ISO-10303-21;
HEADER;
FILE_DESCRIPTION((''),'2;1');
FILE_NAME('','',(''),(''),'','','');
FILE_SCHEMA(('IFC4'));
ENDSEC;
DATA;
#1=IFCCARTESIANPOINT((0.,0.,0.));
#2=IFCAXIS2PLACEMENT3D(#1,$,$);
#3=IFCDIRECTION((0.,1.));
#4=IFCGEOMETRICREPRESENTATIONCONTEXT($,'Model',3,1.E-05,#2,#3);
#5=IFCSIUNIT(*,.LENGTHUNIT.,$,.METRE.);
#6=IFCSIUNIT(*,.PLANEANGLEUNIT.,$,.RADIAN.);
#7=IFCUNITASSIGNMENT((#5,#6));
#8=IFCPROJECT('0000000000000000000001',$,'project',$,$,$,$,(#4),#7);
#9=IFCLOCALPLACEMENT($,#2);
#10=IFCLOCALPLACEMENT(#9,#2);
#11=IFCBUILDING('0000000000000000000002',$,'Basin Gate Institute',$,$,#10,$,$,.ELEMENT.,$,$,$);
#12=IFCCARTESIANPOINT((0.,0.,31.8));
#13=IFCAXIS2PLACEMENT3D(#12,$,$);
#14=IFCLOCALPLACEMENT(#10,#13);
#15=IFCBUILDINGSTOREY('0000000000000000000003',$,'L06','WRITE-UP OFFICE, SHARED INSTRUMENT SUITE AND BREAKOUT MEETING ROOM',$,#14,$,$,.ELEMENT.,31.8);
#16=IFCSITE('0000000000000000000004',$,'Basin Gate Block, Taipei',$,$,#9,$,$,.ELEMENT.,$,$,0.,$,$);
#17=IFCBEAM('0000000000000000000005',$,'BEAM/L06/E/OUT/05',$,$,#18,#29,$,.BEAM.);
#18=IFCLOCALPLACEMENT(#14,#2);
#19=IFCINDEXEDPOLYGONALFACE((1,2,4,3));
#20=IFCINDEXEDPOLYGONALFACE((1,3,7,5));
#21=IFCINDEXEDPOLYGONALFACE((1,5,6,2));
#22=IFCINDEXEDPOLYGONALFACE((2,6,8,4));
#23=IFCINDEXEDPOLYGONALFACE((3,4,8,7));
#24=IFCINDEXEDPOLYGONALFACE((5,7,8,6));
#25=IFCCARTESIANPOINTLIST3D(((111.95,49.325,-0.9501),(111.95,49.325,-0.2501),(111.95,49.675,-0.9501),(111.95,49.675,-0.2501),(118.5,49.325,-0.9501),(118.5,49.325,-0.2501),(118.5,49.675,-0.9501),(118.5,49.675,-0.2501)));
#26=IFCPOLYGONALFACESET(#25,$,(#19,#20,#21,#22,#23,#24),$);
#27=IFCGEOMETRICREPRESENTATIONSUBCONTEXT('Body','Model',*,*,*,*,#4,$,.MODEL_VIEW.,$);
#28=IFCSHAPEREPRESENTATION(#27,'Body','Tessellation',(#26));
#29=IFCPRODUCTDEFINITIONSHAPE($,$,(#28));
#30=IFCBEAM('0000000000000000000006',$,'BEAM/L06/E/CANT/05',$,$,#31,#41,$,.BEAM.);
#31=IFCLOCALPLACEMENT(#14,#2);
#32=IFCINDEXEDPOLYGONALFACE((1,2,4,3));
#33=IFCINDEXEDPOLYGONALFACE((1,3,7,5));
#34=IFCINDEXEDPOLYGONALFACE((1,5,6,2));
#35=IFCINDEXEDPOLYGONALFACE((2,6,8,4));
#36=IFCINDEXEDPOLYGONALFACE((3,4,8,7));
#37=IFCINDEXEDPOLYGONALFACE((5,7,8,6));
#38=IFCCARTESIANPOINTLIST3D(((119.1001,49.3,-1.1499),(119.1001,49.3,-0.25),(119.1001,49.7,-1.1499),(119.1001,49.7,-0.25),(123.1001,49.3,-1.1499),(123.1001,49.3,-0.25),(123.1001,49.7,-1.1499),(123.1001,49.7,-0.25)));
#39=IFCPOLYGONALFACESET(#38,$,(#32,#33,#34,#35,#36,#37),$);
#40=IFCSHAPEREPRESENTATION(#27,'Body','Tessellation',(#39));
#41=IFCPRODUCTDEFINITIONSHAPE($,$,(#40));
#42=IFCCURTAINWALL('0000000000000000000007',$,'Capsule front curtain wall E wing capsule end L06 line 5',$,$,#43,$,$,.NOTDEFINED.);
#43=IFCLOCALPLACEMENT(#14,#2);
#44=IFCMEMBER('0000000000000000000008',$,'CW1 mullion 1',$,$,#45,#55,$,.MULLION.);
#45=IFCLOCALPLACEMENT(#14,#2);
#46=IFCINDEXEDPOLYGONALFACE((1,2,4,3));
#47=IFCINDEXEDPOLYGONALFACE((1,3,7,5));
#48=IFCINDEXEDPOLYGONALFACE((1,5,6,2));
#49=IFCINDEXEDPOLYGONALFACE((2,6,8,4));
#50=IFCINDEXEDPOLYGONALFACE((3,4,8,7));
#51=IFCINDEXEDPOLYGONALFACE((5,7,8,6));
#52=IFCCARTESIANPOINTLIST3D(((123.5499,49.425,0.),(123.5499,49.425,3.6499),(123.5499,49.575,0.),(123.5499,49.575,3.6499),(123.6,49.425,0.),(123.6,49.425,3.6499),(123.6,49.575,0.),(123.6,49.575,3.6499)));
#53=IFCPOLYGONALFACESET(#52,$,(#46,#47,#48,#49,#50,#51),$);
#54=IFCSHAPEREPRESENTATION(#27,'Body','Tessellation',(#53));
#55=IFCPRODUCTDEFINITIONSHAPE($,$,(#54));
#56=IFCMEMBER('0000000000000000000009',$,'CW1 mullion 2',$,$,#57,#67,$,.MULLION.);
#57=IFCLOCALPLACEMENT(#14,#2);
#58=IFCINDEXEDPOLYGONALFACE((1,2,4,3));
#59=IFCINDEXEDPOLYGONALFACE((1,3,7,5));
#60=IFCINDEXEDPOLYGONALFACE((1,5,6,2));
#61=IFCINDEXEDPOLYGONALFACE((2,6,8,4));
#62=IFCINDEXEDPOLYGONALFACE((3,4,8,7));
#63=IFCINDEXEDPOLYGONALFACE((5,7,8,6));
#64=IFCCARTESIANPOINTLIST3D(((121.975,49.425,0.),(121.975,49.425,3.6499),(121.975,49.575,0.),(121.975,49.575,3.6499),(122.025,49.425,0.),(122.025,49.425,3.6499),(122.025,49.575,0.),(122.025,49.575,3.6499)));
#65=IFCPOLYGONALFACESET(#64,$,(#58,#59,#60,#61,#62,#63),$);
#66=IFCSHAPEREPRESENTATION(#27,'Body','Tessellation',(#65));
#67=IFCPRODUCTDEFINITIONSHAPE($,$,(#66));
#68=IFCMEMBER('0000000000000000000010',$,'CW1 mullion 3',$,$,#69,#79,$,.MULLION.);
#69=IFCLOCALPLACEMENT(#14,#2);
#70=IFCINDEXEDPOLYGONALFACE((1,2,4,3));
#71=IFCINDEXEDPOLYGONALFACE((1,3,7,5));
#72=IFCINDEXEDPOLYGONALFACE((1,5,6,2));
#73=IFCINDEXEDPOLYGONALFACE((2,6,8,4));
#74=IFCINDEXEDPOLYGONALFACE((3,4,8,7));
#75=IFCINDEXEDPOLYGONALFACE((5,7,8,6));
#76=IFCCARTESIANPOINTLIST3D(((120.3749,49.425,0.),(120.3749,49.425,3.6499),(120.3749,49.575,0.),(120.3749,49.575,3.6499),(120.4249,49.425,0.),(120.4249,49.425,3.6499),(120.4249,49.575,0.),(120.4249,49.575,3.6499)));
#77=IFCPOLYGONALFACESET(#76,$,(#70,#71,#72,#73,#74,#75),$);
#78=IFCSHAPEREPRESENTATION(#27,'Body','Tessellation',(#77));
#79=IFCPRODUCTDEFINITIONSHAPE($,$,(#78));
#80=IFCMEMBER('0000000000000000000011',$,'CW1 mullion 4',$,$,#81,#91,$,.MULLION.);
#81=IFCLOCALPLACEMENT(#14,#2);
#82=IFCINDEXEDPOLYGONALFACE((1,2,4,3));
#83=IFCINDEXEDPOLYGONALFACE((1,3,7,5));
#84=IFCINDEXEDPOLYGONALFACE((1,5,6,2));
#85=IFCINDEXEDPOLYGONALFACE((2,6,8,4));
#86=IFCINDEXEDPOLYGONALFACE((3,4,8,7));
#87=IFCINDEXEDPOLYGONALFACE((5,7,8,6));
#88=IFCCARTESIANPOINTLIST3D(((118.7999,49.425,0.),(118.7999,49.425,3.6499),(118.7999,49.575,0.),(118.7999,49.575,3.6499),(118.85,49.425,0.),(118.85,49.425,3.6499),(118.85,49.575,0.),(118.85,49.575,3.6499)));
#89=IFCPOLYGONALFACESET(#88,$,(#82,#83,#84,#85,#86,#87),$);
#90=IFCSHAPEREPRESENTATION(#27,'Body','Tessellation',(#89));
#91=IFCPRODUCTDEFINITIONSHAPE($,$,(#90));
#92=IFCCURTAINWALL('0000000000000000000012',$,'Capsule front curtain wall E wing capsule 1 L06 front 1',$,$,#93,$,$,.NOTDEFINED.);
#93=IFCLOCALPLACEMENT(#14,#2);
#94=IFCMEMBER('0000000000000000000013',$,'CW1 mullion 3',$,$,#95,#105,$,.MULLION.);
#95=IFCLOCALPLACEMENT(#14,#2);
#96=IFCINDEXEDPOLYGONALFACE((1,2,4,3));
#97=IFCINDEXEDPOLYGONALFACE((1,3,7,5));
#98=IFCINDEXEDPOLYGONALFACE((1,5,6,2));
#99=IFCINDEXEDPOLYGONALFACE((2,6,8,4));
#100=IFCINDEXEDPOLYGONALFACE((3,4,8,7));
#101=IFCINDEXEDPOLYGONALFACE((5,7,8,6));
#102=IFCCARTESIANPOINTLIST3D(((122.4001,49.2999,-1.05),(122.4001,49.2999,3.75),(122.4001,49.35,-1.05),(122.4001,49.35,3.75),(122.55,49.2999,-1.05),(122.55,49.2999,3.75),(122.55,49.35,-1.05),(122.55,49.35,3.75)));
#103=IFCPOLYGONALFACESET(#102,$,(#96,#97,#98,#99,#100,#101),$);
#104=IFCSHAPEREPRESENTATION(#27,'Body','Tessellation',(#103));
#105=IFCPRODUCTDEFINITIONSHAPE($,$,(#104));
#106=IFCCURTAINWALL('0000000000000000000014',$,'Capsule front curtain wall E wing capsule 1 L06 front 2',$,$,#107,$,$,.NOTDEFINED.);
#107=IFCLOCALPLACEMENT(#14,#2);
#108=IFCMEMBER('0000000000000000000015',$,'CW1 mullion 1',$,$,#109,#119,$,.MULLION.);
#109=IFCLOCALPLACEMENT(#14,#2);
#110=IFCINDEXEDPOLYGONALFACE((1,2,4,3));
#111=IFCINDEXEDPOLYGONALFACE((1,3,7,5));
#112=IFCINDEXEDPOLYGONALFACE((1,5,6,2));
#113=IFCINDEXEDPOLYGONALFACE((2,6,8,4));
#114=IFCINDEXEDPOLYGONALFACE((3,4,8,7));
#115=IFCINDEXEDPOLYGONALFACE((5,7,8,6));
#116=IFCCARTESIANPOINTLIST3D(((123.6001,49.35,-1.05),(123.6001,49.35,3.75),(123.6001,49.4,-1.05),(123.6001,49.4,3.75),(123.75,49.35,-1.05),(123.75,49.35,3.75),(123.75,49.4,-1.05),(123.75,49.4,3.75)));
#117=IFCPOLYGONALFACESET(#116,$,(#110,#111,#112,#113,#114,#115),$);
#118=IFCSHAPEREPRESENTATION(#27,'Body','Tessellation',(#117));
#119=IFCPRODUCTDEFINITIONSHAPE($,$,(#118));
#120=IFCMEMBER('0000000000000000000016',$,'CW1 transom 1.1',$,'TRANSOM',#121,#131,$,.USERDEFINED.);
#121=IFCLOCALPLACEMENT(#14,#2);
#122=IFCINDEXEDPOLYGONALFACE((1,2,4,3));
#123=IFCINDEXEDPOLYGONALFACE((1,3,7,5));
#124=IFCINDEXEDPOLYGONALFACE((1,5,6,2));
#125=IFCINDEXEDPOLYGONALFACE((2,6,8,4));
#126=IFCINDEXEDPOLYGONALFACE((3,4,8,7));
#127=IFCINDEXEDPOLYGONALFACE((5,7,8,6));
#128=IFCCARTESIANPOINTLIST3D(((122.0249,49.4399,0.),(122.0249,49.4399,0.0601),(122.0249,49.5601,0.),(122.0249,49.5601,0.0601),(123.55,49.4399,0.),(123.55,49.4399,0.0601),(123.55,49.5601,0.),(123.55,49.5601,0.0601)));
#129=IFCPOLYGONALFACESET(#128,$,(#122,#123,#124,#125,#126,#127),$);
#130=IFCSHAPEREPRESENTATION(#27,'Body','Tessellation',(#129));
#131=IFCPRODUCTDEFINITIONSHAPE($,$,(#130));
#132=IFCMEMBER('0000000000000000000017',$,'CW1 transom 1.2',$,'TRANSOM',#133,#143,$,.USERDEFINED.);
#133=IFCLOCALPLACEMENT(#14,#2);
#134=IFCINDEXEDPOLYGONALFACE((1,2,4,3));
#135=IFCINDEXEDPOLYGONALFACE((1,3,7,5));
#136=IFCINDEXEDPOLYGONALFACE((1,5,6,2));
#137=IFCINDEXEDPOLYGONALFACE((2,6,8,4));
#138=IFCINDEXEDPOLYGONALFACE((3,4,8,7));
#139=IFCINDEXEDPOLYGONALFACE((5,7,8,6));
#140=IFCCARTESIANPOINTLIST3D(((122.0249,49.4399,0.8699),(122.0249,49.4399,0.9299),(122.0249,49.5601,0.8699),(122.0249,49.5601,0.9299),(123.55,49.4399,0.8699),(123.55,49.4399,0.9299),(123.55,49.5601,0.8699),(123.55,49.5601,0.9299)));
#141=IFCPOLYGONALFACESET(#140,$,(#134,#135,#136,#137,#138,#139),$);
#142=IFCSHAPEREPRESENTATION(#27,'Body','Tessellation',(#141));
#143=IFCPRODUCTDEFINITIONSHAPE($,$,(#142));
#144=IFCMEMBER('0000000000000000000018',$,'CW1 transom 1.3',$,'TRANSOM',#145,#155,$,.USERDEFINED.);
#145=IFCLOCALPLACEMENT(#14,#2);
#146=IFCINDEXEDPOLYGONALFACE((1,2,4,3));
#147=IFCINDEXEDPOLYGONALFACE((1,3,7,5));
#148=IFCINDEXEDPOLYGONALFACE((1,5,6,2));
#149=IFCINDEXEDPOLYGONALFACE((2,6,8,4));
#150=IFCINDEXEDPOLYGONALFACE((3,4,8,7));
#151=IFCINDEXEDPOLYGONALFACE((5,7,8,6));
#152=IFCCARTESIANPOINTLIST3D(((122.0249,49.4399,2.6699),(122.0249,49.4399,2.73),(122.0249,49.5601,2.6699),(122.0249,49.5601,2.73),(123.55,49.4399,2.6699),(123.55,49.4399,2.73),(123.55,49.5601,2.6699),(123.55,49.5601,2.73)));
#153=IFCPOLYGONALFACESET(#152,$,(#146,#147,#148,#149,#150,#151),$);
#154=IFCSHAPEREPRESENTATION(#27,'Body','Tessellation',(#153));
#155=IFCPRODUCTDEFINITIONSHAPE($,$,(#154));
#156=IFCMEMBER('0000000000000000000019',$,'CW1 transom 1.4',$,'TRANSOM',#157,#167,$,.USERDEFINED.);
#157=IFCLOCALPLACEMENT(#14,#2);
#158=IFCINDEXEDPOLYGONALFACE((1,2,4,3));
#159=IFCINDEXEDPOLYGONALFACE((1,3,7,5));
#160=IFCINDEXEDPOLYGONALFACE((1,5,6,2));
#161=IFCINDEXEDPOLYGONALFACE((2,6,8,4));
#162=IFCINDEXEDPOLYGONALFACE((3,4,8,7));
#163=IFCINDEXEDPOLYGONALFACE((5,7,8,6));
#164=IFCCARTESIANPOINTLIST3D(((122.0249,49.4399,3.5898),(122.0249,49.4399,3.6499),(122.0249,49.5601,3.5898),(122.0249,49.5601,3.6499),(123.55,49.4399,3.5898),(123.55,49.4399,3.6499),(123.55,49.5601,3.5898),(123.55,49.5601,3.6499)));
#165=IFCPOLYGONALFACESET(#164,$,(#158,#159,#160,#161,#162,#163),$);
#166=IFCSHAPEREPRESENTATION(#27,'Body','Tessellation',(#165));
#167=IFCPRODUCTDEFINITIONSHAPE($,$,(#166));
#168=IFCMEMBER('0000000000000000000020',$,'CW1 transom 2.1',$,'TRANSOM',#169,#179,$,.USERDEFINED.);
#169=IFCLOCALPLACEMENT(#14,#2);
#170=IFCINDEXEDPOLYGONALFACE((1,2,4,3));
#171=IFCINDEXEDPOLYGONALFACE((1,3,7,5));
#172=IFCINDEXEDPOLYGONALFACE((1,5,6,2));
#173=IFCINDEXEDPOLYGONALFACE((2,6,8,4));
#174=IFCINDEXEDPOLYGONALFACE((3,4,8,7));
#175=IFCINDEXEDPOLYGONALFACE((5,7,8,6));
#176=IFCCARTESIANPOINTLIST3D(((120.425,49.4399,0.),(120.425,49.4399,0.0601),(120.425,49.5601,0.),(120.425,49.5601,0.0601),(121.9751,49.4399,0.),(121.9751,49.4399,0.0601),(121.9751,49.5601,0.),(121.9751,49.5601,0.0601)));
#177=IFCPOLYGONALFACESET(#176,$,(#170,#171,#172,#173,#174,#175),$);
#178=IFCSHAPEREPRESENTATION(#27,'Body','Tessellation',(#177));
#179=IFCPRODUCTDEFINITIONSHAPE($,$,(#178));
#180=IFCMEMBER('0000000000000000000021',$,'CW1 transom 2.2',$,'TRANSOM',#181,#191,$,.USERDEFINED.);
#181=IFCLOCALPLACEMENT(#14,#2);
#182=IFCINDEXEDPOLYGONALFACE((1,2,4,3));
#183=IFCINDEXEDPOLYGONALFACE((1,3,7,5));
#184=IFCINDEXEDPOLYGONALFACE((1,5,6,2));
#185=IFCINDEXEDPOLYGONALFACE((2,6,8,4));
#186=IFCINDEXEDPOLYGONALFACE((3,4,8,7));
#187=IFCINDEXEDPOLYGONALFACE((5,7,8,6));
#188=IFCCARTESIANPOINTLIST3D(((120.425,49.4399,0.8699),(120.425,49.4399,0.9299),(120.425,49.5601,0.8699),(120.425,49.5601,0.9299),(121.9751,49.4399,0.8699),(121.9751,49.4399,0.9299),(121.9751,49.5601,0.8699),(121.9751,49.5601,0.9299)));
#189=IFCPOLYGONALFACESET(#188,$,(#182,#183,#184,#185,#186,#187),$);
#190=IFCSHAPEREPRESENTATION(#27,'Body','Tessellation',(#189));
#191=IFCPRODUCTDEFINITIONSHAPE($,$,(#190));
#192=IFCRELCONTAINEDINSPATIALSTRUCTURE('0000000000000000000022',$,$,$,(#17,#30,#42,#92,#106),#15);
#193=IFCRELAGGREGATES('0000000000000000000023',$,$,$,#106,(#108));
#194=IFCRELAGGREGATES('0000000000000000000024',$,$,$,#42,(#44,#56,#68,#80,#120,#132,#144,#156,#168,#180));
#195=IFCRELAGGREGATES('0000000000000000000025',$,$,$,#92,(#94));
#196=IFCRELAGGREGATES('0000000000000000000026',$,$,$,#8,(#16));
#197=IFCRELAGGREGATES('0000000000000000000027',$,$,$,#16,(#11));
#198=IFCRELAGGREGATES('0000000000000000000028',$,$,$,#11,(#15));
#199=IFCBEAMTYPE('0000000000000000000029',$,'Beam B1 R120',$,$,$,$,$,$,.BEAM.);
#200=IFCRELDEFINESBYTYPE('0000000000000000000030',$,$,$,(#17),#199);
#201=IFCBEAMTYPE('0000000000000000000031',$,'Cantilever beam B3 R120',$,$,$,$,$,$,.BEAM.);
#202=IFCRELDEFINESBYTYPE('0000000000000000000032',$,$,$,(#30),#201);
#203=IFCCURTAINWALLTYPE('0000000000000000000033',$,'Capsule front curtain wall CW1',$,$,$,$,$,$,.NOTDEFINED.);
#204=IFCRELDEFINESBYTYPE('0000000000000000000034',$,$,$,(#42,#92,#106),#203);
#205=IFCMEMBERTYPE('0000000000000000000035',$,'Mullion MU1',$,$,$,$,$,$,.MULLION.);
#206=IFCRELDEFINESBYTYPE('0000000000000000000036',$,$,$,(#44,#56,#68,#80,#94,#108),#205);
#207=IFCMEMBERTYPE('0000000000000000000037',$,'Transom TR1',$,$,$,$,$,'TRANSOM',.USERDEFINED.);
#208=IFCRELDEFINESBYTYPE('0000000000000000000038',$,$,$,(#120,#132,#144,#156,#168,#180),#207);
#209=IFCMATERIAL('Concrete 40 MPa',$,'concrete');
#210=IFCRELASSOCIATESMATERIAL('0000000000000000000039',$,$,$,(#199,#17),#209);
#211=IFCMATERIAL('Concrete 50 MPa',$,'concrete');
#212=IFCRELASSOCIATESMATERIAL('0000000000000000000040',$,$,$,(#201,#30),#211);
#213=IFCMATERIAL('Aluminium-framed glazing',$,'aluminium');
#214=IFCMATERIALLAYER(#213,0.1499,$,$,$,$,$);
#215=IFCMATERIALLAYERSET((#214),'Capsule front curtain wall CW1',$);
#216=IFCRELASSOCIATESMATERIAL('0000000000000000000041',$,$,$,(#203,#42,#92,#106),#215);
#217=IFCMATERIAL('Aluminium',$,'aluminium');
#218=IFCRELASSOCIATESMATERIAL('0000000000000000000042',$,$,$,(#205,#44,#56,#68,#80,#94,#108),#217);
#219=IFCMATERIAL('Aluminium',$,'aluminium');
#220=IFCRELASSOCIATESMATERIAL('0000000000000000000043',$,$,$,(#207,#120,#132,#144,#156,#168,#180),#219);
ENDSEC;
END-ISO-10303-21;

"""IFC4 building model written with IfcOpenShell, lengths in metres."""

from ifc_helpers import new_model, si_unit, direction, frame, origin, origin_2d, place, context, subcontext, project, spatial, rectangle, extrude, material, layer, layer_set, material_profile, profile_set, type_object, element, aggregate, save


model = new_model("IFC4")

# Units and contexts
model_context = context("Model", 3, precision=1e-05, world=origin(), true_north=direction((0.0, 1.0)))
body_context = subcontext(model_context, "Body", "Model", "MODEL_VIEW")
ifc_project = project(units=[si_unit("LENGTHUNIT", "METRE"), si_unit("PLANEANGLEUNIT", "RADIAN")], contexts=[model_context])

# Site, building, storey
site_placement = place(None, origin())
site = spatial("IfcSite", under=ifc_project, at=site_placement, Name="Basin Gate Block, Taipei", CompositionType="ELEMENT", RefElevation=0.0)
building_placement = place(site_placement, origin())
building = spatial("IfcBuilding", under=site, at=building_placement, Name="Basin Gate Institute", CompositionType="ELEMENT")
storey_placement = place(building_placement, frame((0.0, 0.0, 31.8)))
storey = spatial("IfcBuildingStorey", under=building, at=storey_placement, Name="L06", Description="WRITE-UP OFFICE, SHARED INSTRUMENT SUITE AND BREAKOUT MEETING ROOM", CompositionType="ELEMENT", Elevation=31.8)

# Beams
ifc_material_1 = material(Name="Concrete 40 MPa", Category="concrete")
ifc_material_profile_1 = material_profile(ifc_material_1, rectangle(XDim=0.3501, YDim=0.7, at=origin_2d()), Name="Beam B1 350 x 700")
ifc_profile_set_1 = profile_set([ifc_material_profile_1], Name="Concrete 40 MPa")
beam_type_1 = type_object("IfcBeamType", Name="Beam B1 R120", PredefinedType="BEAM", material=ifc_profile_set_1)
beam_1_placement = place(storey_placement, frame((118.5, 49.5, -0.6001), z_axis=(-1.0, 0.0, 0.0), x_axis=(0.0, -1.0, 0.0)))
element("IfcBeam", 1, at=beam_1_placement, inside=storey, type_object=beam_type_1, material=ifc_profile_set_1, Name="BEAM/L06/E/OUT/05", PredefinedType="BEAM", context=body_context, shape_type="SweptSolid", body=[
    extrude(rectangle(XDim=0.3501, YDim=0.7, at=origin_2d()), origin(), (0.0, 0.0, 1.0), 6.55),
])
ifc_material_2 = material(Name="Concrete 50 MPa", Category="concrete")
ifc_material_profile_2 = material_profile(ifc_material_2, rectangle(XDim=0.3999, YDim=0.8999, at=origin_2d()), Name="Cantilever beam B3 400 x 900")
ifc_profile_set_2 = profile_set([ifc_material_profile_2], Name="Concrete 50 MPa")
beam_type_2 = type_object("IfcBeamType", Name="Cantilever beam B3 R120", PredefinedType="BEAM", material=ifc_profile_set_2)
beam_2_placement = place(storey_placement, frame((123.1001, 49.5, -0.7), z_axis=(-1.0, 0.0, 0.0), x_axis=(0.0, -1.0, 0.0)))
element("IfcBeam", 2, at=beam_2_placement, inside=storey, type_object=beam_type_2, material=ifc_profile_set_2, Name="BEAM/L06/E/CANT/05", PredefinedType="BEAM", context=body_context, shape_type="SweptSolid", body=[
    extrude(rectangle(XDim=0.3999, YDim=0.8999, at=origin_2d()), origin(), (0.0, 0.0, 1.0), 4.0),
])

# Curtain wall, members
ifc_material_3 = material(Name="Aluminium-framed glazing", Category="aluminium")
ifc_layer_1 = layer(ifc_material_3, 0.1499)
ifc_layer_set_1 = layer_set([ifc_layer_1], Name="Capsule front curtain wall CW1")
curtain_wall_type = type_object("IfcCurtainWallType", Name="Capsule front curtain wall CW1", PredefinedType="NOTDEFINED", material=ifc_layer_set_1)
curtain_wall_1_placement = place(storey_placement, origin())
curtain_wall_1 = element("IfcCurtainWall", 3, at=curtain_wall_1_placement, inside=storey, type_object=curtain_wall_type, material=ifc_layer_set_1, Name="Capsule front curtain wall E wing capsule end L06 line 5", PredefinedType="NOTDEFINED")
ifc_material_4 = material(Name="Aluminium", Category="aluminium")
ifc_material_profile_3 = material_profile(ifc_material_4, rectangle(XDim=0.1499, YDim=0.05, at=origin_2d()), Name="Mullion MU1 150 x 50")
ifc_profile_set_3 = profile_set([ifc_material_profile_3], Name="Aluminium")
member_type_1 = type_object("IfcMemberType", Name="Mullion MU1", PredefinedType="MULLION", material=ifc_profile_set_3)
member_1_placement = place(storey_placement, frame((123.575, 49.5, 0.0), z_axis=(0.0, 0.0, 1.0), x_axis=(0.0, -1.0, 0.0)))
member_1 = element("IfcMember", 4, at=member_1_placement, type_object=member_type_1, material=ifc_profile_set_3, Name="CW1 mullion 1", PredefinedType="MULLION", context=body_context, shape_type="SweptSolid", body=[
    extrude(rectangle(XDim=0.1499, YDim=0.05, at=origin_2d()), origin(), (0.0, 0.0, 1.0), 3.6499),
])
member_2_placement = place(storey_placement, frame((122.0, 49.5, 0.0), z_axis=(0.0, 0.0, 1.0), x_axis=(0.0, -1.0, 0.0)))
member_2 = element("IfcMember", 5, at=member_2_placement, type_object=member_type_1, material=ifc_profile_set_3, Name="CW1 mullion 2", PredefinedType="MULLION", context=body_context, shape_type="SweptSolid", body=[
    extrude(rectangle(XDim=0.1499, YDim=0.05, at=origin_2d()), origin(), (0.0, 0.0, 1.0), 3.6499),
])
member_3_placement = place(storey_placement, frame((120.3999, 49.5, 0.0), z_axis=(0.0, 0.0, 1.0), x_axis=(0.0, -1.0, 0.0)))
member_3 = element("IfcMember", 6, at=member_3_placement, type_object=member_type_1, material=ifc_profile_set_3, Name="CW1 mullion 3", PredefinedType="MULLION", context=body_context, shape_type="SweptSolid", body=[
    extrude(rectangle(XDim=0.1499, YDim=0.05, at=origin_2d()), origin(), (0.0, 0.0, 1.0), 3.6499),
])
member_4_placement = place(storey_placement, frame((118.825, 49.5, 0.0), z_axis=(0.0, 0.0, 1.0), x_axis=(0.0, -1.0, 0.0)))
member_4 = element("IfcMember", 7, at=member_4_placement, type_object=member_type_1, material=ifc_profile_set_3, Name="CW1 mullion 4", PredefinedType="MULLION", context=body_context, shape_type="SweptSolid", body=[
    extrude(rectangle(XDim=0.1499, YDim=0.05, at=origin_2d()), origin(), (0.0, 0.0, 1.0), 3.6499),
])

# Curtain walls, members
curtain_wall_2_placement = place(storey_placement, origin())
curtain_wall_2 = element("IfcCurtainWall", 8, at=curtain_wall_2_placement, inside=storey, type_object=curtain_wall_type, material=ifc_layer_set_1, Name="Capsule front curtain wall E wing capsule 1 L06 front 1", PredefinedType="NOTDEFINED")
member_5_placement = place(storey_placement, frame((122.4751, 49.325, -1.05), z_axis=(0.0, 0.0, 1.0), x_axis=(-1.0, 0.0, 0.0)))
member_5 = element("IfcMember", 9, at=member_5_placement, type_object=member_type_1, material=ifc_profile_set_3, Name="CW1 mullion 3", PredefinedType="MULLION", context=body_context, shape_type="SweptSolid", body=[
    extrude(rectangle(XDim=0.1499, YDim=0.05, at=origin_2d()), origin(), (0.0, 0.0, 1.0), 4.8),
])
curtain_wall_3_placement = place(storey_placement, origin())
curtain_wall_3 = element("IfcCurtainWall", 10, at=curtain_wall_3_placement, inside=storey, type_object=curtain_wall_type, material=ifc_layer_set_1, Name="Capsule front curtain wall E wing capsule 1 L06 front 2", PredefinedType="NOTDEFINED")
member_6_placement = place(storey_placement, frame((123.675, 49.375, -1.05), z_axis=(0.0, 0.0, 1.0), x_axis=(-1.0, 0.0, 0.0)))
member_6 = element("IfcMember", 11, at=member_6_placement, type_object=member_type_1, material=ifc_profile_set_3, Name="CW1 mullion 1", PredefinedType="MULLION", context=body_context, shape_type="SweptSolid", body=[
    extrude(rectangle(XDim=0.1499, YDim=0.05, at=origin_2d()), origin(), (0.0, 0.0, 1.0), 4.8),
])

# Members
ifc_material_5 = material(Name="Aluminium", Category="aluminium")
ifc_material_profile_4 = material_profile(ifc_material_5, rectangle(XDim=0.1201, YDim=0.0601, at=origin_2d()), Name="Transom TR1 120 x 60")
ifc_profile_set_4 = profile_set([ifc_material_profile_4], Name="Aluminium")
member_type_2 = type_object("IfcMemberType", Name="Transom TR1", ElementType="TRANSOM", PredefinedType="USERDEFINED", material=ifc_profile_set_4)
member_7_placement = place(storey_placement, frame((123.55, 49.5, 0.03), z_axis=(-1.0, 0.0, 0.0), x_axis=(0.0, -1.0, 0.0)))
member_7 = element("IfcMember", 12, at=member_7_placement, type_object=member_type_2, material=ifc_profile_set_4, Name="CW1 transom 1.1", ObjectType="TRANSOM", PredefinedType="USERDEFINED", context=body_context, shape_type="SweptSolid", body=[
    extrude(rectangle(XDim=0.1201, YDim=0.0601, at=origin_2d()), origin(), (0.0, 0.0, 1.0), 1.5251),
])
member_8_placement = place(storey_placement, frame((123.55, 49.5, 0.8999), z_axis=(-1.0, 0.0, 0.0), x_axis=(0.0, -1.0, 0.0)))
member_8 = element("IfcMember", 13, at=member_8_placement, type_object=member_type_2, material=ifc_profile_set_4, Name="CW1 transom 1.2", ObjectType="TRANSOM", PredefinedType="USERDEFINED", context=body_context, shape_type="SweptSolid", body=[
    extrude(rectangle(XDim=0.1201, YDim=0.0601, at=origin_2d()), origin(), (0.0, 0.0, 1.0), 1.5251),
])
member_9_placement = place(storey_placement, frame((123.55, 49.5, 2.7), z_axis=(-1.0, 0.0, 0.0), x_axis=(0.0, -1.0, 0.0)))
member_9 = element("IfcMember", 14, at=member_9_placement, type_object=member_type_2, material=ifc_profile_set_4, Name="CW1 transom 1.3", ObjectType="TRANSOM", PredefinedType="USERDEFINED", context=body_context, shape_type="SweptSolid", body=[
    extrude(rectangle(XDim=0.1201, YDim=0.0601, at=origin_2d()), origin(), (0.0, 0.0, 1.0), 1.5251),
])
member_10_placement = place(storey_placement, frame((123.55, 49.5, 3.6199), z_axis=(-1.0, 0.0, 0.0), x_axis=(0.0, -1.0, 0.0)))
member_10 = element("IfcMember", 15, at=member_10_placement, type_object=member_type_2, material=ifc_profile_set_4, Name="CW1 transom 1.4", ObjectType="TRANSOM", PredefinedType="USERDEFINED", context=body_context, shape_type="SweptSolid", body=[
    extrude(rectangle(XDim=0.1201, YDim=0.0601, at=origin_2d()), origin(), (0.0, 0.0, 1.0), 1.5251),
])
member_11_placement = place(storey_placement, frame((121.9751, 49.5, 0.03), z_axis=(-1.0, 0.0, 0.0), x_axis=(0.0, -1.0, 0.0)))
member_11 = element("IfcMember", 16, at=member_11_placement, type_object=member_type_2, material=ifc_profile_set_4, Name="CW1 transom 2.1", ObjectType="TRANSOM", PredefinedType="USERDEFINED", context=body_context, shape_type="SweptSolid", body=[
    extrude(rectangle(XDim=0.1201, YDim=0.0601, at=origin_2d()), origin(), (0.0, 0.0, 1.0), 1.55),
])
member_12_placement = place(storey_placement, frame((121.9751, 49.5, 0.8999), z_axis=(-1.0, 0.0, 0.0), x_axis=(0.0, -1.0, 0.0)))
member_12 = element("IfcMember", 17, at=member_12_placement, type_object=member_type_2, material=ifc_profile_set_4, Name="CW1 transom 2.2", ObjectType="TRANSOM", PredefinedType="USERDEFINED", context=body_context, shape_type="SweptSolid", body=[
    extrude(rectangle(XDim=0.1201, YDim=0.0601, at=origin_2d()), origin(), (0.0, 0.0, 1.0), 1.55),
])
aggregate(curtain_wall_3, [member_6])

aggregate(curtain_wall_1, [member_1, member_2, member_3, member_4, member_7, member_8, member_9, member_10, member_11, member_12])
aggregate(curtain_wall_2, [member_5])

save(model, "model.ifc")
